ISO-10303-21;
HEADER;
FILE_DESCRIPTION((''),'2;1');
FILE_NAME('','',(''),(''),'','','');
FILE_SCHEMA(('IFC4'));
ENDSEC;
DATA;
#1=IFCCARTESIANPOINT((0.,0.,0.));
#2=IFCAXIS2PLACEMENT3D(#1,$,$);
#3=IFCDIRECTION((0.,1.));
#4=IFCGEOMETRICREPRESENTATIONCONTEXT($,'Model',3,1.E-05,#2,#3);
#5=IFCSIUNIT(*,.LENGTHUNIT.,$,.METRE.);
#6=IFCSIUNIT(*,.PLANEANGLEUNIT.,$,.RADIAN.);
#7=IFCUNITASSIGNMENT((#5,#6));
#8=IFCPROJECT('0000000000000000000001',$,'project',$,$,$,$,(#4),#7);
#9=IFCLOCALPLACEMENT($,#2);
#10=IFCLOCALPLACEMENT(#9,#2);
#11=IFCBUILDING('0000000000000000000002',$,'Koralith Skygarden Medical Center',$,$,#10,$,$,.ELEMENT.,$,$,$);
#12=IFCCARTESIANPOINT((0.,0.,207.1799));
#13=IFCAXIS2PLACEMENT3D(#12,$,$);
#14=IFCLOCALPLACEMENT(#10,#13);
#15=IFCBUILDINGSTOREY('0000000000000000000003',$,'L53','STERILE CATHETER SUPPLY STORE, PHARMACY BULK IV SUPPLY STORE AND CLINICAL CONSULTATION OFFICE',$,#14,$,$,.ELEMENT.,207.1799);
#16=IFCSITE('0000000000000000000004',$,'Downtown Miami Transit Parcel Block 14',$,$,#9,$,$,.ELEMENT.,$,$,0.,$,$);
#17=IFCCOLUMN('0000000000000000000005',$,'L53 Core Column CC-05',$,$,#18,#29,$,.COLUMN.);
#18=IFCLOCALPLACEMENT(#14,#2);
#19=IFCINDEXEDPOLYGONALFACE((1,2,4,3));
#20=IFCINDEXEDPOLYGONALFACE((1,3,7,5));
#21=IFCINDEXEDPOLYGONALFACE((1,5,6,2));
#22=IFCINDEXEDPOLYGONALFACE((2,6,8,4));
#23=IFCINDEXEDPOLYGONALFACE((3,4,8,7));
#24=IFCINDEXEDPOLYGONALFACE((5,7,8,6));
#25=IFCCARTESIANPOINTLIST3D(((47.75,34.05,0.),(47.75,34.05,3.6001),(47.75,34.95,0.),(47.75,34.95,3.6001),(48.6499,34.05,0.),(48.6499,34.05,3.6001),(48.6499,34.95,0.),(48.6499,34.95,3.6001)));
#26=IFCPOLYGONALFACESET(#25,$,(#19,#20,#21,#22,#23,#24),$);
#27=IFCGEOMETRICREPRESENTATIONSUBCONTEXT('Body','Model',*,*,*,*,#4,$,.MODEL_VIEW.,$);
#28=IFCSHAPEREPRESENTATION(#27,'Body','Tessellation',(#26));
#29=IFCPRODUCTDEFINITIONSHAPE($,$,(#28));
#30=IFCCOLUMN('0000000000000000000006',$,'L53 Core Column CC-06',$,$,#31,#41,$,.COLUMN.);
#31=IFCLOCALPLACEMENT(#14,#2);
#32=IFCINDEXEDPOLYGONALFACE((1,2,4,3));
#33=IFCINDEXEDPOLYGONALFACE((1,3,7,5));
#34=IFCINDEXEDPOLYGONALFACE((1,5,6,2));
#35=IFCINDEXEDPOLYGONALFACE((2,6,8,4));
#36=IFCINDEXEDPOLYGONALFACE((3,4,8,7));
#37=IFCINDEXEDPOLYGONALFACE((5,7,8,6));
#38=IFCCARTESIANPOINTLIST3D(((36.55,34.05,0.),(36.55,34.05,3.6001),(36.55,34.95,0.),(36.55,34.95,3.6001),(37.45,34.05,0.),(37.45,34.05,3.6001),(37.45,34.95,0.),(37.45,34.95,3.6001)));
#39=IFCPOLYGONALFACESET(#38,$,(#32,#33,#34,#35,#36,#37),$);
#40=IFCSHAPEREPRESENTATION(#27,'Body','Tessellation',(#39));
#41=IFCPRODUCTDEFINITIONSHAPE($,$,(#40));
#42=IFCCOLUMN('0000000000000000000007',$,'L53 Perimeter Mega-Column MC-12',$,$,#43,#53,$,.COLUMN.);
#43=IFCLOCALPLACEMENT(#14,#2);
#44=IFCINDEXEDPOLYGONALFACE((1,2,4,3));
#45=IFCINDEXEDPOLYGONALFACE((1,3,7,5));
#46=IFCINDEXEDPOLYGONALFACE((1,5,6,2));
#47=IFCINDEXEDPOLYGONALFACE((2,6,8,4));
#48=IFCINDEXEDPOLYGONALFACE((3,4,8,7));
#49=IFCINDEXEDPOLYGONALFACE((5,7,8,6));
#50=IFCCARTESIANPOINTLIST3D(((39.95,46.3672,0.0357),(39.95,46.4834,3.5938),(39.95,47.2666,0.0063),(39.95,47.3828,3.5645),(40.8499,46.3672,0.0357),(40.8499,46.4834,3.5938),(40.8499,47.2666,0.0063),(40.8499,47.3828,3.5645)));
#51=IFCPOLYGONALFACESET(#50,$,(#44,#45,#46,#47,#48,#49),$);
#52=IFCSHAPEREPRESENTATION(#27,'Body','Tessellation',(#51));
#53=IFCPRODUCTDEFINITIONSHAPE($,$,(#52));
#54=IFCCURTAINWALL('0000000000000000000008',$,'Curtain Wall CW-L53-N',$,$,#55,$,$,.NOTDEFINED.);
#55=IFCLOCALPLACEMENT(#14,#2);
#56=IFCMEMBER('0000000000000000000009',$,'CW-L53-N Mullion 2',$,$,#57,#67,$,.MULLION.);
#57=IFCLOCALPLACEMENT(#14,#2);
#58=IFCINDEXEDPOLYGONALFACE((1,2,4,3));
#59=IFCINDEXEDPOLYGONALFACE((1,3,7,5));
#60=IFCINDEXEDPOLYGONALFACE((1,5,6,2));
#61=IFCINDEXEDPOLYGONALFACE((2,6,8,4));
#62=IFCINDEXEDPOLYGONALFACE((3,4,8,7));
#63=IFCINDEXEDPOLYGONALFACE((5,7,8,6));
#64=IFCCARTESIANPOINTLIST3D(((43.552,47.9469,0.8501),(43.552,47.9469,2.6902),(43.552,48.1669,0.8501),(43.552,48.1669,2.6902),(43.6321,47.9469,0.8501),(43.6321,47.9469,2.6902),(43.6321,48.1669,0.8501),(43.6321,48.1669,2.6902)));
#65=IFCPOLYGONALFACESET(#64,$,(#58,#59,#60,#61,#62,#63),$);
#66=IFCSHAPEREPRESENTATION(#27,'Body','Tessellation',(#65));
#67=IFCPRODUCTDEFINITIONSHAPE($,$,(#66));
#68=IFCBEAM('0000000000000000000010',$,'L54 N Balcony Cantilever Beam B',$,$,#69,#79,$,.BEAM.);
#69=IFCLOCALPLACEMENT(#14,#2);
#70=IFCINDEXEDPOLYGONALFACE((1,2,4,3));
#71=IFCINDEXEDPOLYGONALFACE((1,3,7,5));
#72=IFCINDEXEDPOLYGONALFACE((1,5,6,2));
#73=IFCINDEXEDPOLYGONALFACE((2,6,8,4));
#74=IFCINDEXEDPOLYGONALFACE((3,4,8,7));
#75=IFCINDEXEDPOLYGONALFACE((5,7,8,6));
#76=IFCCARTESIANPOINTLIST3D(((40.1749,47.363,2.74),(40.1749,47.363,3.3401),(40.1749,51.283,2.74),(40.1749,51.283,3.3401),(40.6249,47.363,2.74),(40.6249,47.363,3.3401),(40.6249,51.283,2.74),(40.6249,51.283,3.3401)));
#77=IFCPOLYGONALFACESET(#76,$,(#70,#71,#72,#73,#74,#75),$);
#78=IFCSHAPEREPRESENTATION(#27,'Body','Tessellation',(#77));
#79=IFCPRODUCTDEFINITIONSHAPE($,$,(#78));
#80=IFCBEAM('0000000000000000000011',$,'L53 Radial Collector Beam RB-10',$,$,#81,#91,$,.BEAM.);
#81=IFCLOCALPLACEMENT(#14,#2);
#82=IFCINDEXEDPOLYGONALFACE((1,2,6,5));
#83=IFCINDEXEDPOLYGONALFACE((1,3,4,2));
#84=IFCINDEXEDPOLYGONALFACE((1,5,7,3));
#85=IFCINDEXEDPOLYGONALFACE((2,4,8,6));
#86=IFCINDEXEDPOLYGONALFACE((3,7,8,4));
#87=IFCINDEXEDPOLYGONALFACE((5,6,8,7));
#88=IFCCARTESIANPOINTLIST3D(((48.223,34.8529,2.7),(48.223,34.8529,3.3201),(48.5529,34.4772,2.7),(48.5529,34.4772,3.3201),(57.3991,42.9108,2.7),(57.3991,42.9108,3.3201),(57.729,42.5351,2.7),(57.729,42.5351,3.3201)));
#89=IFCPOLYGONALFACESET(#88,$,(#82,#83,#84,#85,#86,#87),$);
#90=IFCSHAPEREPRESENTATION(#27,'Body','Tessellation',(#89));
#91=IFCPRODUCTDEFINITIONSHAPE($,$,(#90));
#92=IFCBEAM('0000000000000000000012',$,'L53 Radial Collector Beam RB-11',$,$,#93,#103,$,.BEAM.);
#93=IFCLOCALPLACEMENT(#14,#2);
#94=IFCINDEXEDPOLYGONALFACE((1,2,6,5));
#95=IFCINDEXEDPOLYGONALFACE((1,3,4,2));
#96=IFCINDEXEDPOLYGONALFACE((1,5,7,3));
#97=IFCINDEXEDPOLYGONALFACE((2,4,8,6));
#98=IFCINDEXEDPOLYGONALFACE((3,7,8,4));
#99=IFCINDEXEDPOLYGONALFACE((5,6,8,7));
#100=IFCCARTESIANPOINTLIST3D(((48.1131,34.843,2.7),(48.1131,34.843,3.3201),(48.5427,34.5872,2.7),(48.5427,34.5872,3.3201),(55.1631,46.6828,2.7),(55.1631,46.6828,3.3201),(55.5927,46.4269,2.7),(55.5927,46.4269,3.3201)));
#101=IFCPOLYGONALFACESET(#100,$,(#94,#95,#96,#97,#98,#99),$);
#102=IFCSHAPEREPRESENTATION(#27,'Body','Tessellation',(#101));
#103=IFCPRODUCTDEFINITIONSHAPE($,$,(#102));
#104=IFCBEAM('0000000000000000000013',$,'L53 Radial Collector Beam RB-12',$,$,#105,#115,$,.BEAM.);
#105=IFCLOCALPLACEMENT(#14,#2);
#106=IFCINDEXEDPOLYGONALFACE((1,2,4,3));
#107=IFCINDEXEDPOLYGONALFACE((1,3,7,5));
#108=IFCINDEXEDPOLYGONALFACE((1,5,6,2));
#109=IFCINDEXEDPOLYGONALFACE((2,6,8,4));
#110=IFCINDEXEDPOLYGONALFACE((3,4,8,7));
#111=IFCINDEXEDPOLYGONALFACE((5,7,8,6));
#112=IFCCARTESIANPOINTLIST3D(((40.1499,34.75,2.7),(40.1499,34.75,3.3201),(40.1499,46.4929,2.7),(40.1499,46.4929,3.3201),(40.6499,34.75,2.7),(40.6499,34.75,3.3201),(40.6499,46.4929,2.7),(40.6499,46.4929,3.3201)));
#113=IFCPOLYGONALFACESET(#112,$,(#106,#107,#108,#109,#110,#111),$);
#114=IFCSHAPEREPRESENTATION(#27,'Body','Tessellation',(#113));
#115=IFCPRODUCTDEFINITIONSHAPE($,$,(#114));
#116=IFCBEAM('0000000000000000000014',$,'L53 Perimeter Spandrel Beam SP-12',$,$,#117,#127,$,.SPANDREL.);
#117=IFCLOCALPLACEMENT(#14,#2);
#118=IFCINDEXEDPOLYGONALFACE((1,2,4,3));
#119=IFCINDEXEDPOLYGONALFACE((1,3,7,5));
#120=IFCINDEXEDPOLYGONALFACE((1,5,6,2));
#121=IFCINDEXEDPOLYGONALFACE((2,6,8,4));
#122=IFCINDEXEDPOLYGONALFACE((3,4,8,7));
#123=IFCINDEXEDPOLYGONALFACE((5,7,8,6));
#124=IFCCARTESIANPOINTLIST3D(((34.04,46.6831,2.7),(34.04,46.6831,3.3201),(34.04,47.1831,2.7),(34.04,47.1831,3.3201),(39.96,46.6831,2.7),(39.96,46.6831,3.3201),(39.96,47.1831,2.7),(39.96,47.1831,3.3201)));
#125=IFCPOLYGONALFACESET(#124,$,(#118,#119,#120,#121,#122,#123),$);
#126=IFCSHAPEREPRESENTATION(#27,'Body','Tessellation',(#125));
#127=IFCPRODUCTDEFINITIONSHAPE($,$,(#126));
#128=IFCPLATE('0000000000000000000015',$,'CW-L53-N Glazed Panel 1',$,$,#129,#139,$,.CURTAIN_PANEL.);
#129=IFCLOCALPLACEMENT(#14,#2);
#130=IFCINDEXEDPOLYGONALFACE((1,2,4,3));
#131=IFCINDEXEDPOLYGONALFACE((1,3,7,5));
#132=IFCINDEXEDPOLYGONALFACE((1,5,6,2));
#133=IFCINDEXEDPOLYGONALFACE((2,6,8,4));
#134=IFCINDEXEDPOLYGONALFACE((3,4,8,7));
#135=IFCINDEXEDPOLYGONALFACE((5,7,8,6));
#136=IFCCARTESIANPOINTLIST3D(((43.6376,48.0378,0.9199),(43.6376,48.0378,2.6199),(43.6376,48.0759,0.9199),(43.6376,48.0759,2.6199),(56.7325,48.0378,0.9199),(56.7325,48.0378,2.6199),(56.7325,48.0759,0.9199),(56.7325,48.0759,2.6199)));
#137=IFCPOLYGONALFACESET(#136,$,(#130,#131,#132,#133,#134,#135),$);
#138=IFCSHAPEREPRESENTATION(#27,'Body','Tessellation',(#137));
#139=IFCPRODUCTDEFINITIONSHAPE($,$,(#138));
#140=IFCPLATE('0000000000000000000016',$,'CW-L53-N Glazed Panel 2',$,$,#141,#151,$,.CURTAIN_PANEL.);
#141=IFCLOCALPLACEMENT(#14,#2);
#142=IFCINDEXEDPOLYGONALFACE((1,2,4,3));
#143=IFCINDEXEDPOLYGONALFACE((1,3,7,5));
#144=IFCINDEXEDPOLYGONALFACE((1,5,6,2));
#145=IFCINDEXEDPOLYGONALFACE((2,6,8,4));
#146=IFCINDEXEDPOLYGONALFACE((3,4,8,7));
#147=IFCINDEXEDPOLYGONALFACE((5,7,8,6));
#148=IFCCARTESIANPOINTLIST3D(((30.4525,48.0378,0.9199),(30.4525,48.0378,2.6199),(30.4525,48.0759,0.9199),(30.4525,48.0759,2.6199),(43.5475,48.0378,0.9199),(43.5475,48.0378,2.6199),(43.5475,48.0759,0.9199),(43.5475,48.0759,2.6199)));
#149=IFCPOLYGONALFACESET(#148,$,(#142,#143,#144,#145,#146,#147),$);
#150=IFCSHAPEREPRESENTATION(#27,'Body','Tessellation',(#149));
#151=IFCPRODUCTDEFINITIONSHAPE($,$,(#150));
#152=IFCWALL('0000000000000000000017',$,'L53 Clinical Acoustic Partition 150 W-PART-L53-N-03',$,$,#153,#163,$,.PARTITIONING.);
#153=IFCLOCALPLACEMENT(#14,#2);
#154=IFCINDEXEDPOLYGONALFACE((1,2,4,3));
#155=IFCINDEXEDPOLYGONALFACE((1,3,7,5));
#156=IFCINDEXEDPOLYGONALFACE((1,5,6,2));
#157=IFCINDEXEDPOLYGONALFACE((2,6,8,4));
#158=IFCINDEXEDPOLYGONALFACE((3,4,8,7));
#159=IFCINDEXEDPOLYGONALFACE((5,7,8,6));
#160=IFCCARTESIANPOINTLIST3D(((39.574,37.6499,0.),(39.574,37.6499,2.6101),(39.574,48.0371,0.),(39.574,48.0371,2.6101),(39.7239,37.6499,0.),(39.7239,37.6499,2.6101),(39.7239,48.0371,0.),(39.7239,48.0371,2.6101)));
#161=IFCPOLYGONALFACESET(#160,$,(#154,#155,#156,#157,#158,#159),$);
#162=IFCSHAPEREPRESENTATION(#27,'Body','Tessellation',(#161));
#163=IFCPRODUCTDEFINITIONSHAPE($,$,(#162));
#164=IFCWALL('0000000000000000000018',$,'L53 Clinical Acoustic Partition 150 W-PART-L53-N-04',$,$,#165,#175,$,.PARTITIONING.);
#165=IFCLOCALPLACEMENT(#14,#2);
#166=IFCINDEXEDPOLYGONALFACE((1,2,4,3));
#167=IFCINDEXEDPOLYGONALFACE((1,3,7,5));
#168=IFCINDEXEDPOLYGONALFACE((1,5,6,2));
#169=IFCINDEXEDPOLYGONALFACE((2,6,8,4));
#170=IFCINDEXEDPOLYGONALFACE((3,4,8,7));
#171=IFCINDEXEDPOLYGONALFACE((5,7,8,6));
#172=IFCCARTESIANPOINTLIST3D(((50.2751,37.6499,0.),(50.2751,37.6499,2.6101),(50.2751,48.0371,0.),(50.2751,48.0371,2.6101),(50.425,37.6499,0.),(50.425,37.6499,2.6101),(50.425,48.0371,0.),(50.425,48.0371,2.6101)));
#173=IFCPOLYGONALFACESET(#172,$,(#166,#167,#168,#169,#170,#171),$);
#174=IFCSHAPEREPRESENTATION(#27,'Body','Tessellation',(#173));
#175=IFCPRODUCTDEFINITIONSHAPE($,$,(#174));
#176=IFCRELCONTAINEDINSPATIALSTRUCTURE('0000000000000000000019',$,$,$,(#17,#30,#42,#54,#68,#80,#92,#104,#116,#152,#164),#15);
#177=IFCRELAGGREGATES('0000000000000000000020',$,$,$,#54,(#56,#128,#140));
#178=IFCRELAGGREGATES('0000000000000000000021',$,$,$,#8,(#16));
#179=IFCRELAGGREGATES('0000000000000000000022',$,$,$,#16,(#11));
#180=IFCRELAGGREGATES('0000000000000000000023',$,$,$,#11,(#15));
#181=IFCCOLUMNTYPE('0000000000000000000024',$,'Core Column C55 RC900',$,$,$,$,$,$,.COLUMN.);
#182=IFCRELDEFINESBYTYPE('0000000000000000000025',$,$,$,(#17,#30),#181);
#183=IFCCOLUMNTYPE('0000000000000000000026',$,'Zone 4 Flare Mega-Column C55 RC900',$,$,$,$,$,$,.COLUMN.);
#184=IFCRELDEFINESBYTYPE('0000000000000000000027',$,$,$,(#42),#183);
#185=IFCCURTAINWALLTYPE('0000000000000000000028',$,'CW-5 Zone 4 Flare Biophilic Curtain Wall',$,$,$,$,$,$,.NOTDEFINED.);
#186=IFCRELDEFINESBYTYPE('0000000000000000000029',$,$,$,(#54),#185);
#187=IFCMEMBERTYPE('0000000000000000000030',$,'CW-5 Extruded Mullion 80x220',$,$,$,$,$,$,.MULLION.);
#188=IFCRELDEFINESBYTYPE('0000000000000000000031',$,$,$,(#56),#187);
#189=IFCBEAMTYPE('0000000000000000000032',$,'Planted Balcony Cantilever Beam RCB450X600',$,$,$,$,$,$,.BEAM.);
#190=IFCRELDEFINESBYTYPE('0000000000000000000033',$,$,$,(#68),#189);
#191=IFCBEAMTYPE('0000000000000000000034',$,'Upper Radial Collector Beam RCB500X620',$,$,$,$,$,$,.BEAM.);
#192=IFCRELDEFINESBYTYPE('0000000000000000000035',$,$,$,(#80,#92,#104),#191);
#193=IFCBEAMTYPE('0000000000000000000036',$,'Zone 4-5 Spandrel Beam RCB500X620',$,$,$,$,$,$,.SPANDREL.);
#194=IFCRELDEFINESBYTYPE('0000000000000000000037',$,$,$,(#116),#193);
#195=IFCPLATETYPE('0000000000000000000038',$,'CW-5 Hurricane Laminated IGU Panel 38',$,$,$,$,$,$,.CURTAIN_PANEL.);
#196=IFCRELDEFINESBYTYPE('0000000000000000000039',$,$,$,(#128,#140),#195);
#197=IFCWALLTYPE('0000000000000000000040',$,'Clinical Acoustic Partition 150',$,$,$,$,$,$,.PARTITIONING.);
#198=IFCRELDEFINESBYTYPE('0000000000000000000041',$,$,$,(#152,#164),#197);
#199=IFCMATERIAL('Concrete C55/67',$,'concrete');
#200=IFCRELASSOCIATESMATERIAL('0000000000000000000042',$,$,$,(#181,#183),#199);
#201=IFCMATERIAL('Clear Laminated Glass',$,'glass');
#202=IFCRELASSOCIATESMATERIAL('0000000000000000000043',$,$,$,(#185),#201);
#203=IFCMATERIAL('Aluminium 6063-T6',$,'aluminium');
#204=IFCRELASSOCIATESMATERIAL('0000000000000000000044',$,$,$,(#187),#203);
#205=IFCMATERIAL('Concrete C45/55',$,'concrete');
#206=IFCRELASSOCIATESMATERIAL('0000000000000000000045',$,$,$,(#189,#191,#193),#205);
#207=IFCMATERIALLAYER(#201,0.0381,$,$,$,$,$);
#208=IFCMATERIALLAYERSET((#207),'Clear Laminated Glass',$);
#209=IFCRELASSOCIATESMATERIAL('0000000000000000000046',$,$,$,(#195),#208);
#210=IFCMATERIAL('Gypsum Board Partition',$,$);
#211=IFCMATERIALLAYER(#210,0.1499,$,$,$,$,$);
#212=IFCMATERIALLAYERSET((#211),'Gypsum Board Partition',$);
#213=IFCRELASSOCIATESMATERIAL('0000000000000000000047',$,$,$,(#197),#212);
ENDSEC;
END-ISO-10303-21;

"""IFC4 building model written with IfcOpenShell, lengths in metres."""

from ifc_helpers import new_model, si_unit, direction, frame, frame_2d, origin, origin_2d, place, context, subcontext, project, spatial, rectangle, extrude, material, layer, layer_set, material_profile, profile_set, type_object, element, aggregate, save


model = new_model("IFC4")

# Units and contexts
model_context = context("Model", 3, precision=1e-05, world=origin(), true_north=direction((0.0, 1.0)))
body_context = subcontext(model_context, "Body", "Model", "MODEL_VIEW")
ifc_project = project(units=[si_unit("LENGTHUNIT", "METRE"), si_unit("PLANEANGLEUNIT", "RADIAN")], contexts=[model_context])

# Site, building, storey
site_placement = place(None, origin())
site = spatial("IfcSite", under=ifc_project, at=site_placement, Name="Downtown Miami Transit Parcel Block 14", CompositionType="ELEMENT", RefElevation=0.0)
building_placement = place(site_placement, origin())
building = spatial("IfcBuilding", under=site, at=building_placement, Name="Koralith Skygarden Medical Center", CompositionType="ELEMENT")
storey_placement = place(building_placement, frame((0.0, 0.0, 207.1799)))
storey = spatial("IfcBuildingStorey", under=building, at=storey_placement, Name="L53", Description="STERILE CATHETER SUPPLY STORE, PHARMACY BULK IV SUPPLY STORE AND CLINICAL CONSULTATION OFFICE", CompositionType="ELEMENT", Elevation=207.1799)

# Columns
ifc_material_1 = material(Name="Concrete C55/67", Category="concrete")
ifc_material_profile_1 = material_profile(ifc_material_1, rectangle(XDim=0.8999, YDim=0.8999, at=origin_2d()), Name="RC900X900")
ifc_profile_set_1 = profile_set([ifc_material_profile_1], Name="Concrete C55/67")
column_type_1 = type_object("IfcColumnType", Name="Core Column C55 RC900", PredefinedType="COLUMN", material=ifc_profile_set_1)
for number, where, z_axis, x_axis, name in (
    (1, (48.2, 34.5, 0.0), (0.0, 0.0, 1.0), (1.0, 0.0, 0.0), "L53 Core Column CC-05"),
    (2, (37.0, 34.5, 0.0), (0.0, 0.0, 1.0), (1.0, 0.0, 0.0), "L53 Core Column CC-06"),
):
    element("IfcColumn", number, at=place(storey_placement, frame(where, z_axis=z_axis, x_axis=x_axis)), inside=storey, type_object=column_type_1, Name=name, PredefinedType="COLUMN", context=body_context, shape_type="SweptSolid", body=[
        extrude(rectangle(XDim=0.8999, YDim=0.8999, at=origin_2d()), origin(), (0.0, 0.0, 1.0), 3.6001),
    ])
ifc_material_profile_2 = material_profile(ifc_material_1, rectangle(XDim=0.8999, YDim=0.8999, at=origin_2d()), Name="RC900X900")
ifc_profile_set_2 = profile_set([ifc_material_profile_2], Name="Concrete C55/67")
column_type_2 = type_object("IfcColumnType", Name="Zone 4 Flare Mega-Column C55 RC900", PredefinedType="COLUMN", material=ifc_profile_set_2)
column_placement = place(storey_placement, frame((40.3999, 46.8169, 0.021), z_axis=(0.0, 0.032643, 0.999467), x_axis=(-1.0, 0.0, 0.0)))
element("IfcColumn", 3, at=column_placement, inside=storey, type_object=column_type_2, Name="L53 Perimeter Mega-Column MC-12", PredefinedType="COLUMN", context=body_context, shape_type="SweptSolid", body=[
    extrude(rectangle(XDim=0.8999, YDim=0.8999, at=origin_2d()), origin(), (0.0, 0.0, 1.0), 3.5601),
])

# Curtain wall, member
ifc_material_2 = material(Name="Clear Laminated Glass", Category="glass")
curtain_wall_type = type_object("IfcCurtainWallType", Name="CW-5 Zone 4 Flare Biophilic Curtain Wall", PredefinedType="NOTDEFINED", material=ifc_material_2)
curtain_wall_placement = place(storey_placement, origin())
curtain_wall = element("IfcCurtainWall", 4, at=curtain_wall_placement, inside=storey, type_object=curtain_wall_type, Name="Curtain Wall CW-L53-N", PredefinedType="NOTDEFINED")
ifc_material_3 = material(Name="Aluminium 6063-T6", Category="aluminium")
ifc_material_profile_3 = material_profile(ifc_material_3, rectangle(XDim=0.0801, YDim=0.22, at=origin_2d()), Name="MUL80X220")
ifc_profile_set_3 = profile_set([ifc_material_profile_3], Name="Aluminium 6063-T6")
member_type = type_object("IfcMemberType", Name="CW-5 Extruded Mullion 80x220", PredefinedType="MULLION", material=ifc_profile_set_3)
member_placement = place(storey_placement, frame((43.592, 48.0569, 0.8501), z_axis=(0.0, 0.0, 1.0), x_axis=(1.0, 0.0, 0.0)))
member = element("IfcMember", 5, at=member_placement, type_object=member_type, Name="CW-L53-N Mullion 2", PredefinedType="MULLION", context=body_context, shape_type="SweptSolid", body=[
    extrude(rectangle(XDim=0.0801, YDim=0.22, at=origin_2d()), origin(), (0.0, 0.0, 1.0), 1.8401),
])

# Beams
ifc_material_4 = material(Name="Concrete C45/55", Category="concrete")
ifc_material_profile_4 = material_profile(ifc_material_4, rectangle(XDim=0.45, YDim=0.6001, at=origin_2d()), Name="RCB450X600")
ifc_profile_set_4 = profile_set([ifc_material_profile_4], Name="Concrete C45/55")
beam_type_1 = type_object("IfcBeamType", Name="Planted Balcony Cantilever Beam RCB450X600", PredefinedType="BEAM", material=ifc_profile_set_4)
beam_1_placement = place(storey_placement, frame((40.3999, 47.363, 3.04), z_axis=(0.0, 1.0, 0.0), x_axis=(-1.0, 0.0, 0.0)))
element("IfcBeam", 6, at=beam_1_placement, inside=storey, type_object=beam_type_1, Name="L54 N Balcony Cantilever Beam B", PredefinedType="BEAM", context=body_context, shape_type="SweptSolid", body=[
    extrude(rectangle(XDim=0.45, YDim=0.6001, at=origin_2d()), origin(), (0.0, 0.0, 1.0), 3.9199),
])
ifc_material_profile_5 = material_profile(ifc_material_4, rectangle(XDim=0.5, YDim=0.6201, at=origin_2d()), Name="RCB500X620")
ifc_profile_set_5 = profile_set([ifc_material_profile_5], Name="Concrete C45/55")
beam_type_2 = type_object("IfcBeamType", Name="Upper Radial Collector Beam RCB500X620", PredefinedType="BEAM", material=ifc_profile_set_5)
beam_2_placement = place(storey_placement, frame((48.3879, 34.665, 3.01), z_axis=(0.751405, 0.659841, 0.0), x_axis=(-0.659841, 0.751405, 0.0)))
element("IfcBeam", 7, at=beam_2_placement, inside=storey, type_object=beam_type_2, Name="L53 Radial Collector Beam RB-10", PredefinedType="BEAM", context=body_context, shape_type="SweptSolid", body=[
    extrude(rectangle(XDim=0.5, YDim=0.6201, at=origin_2d()), origin(), (0.0, 0.0, 1.0), 12.2119),
])
beam_3_placement = place(storey_placement, frame((48.3279, 34.7151, 3.01), z_axis=(0.511619, 0.859212, 0.0), x_axis=(-0.859212, 0.511619, 0.0)))
element("IfcBeam", 8, at=beam_3_placement, inside=storey, type_object=beam_type_2, Name="L53 Radial Collector Beam RB-11", PredefinedType="BEAM", context=body_context, shape_type="SweptSolid", body=[
    extrude(rectangle(XDim=0.5, YDim=0.6201, at=origin_2d()), origin(), (0.0, 0.0, 1.0), 13.7798),
])
beam_4_placement = place(storey_placement, frame((40.3999, 34.75, 3.01), z_axis=(0.0, 1.0, 0.0), x_axis=(-1.0, 0.0, 0.0)))
element("IfcBeam", 9, at=beam_4_placement, inside=storey, type_object=beam_type_2, Name="L53 Radial Collector Beam RB-12", PredefinedType="BEAM", context=body_context, shape_type="SweptSolid", body=[
    extrude(rectangle(XDim=0.5, YDim=0.6201, at=origin_2d()), origin(), (0.0, 0.0, 1.0), 11.7429),
])
ifc_material_profile_6 = material_profile(ifc_material_4, rectangle(XDim=0.5, YDim=0.6201, at=origin_2d()), Name="RCB500X620")
ifc_profile_set_6 = profile_set([ifc_material_profile_6], Name="Concrete C45/55")
beam_type_3 = type_object("IfcBeamType", Name="Zone 4-5 Spandrel Beam RCB500X620", PredefinedType="SPANDREL", material=ifc_profile_set_6)
beam_5_placement = place(storey_placement, frame((39.96, 46.9331, 3.01), z_axis=(-1.0, 0.0, 0.0), x_axis=(0.0, -1.0, 0.0)))
element("IfcBeam", 10, at=beam_5_placement, inside=storey, type_object=beam_type_3, Name="L53 Perimeter Spandrel Beam SP-12", PredefinedType="SPANDREL", context=body_context, shape_type="SweptSolid", body=[
    extrude(rectangle(XDim=0.5, YDim=0.6201, at=origin_2d()), origin(), (0.0, 0.0, 1.0), 5.9199),
])

# Plates
ifc_layer_1 = layer(ifc_material_2, 0.0381)
ifc_layer_set_1 = layer_set([ifc_layer_1], Name="Clear Laminated Glass")
plate_type = type_object("IfcPlateType", Name="CW-5 Hurricane Laminated IGU Panel 38", PredefinedType="CURTAIN_PANEL", material=ifc_layer_set_1)
plate_1_placement = place(storey_placement, frame((50.1851, 48.0569, 0.9199), z_axis=(0.0, 0.0, 1.0), x_axis=(-1.0, 0.0, 0.0)))
plate_1 = element("IfcPlate", 11, at=plate_1_placement, type_object=plate_type, Name="CW-L53-N Glazed Panel 1", PredefinedType="CURTAIN_PANEL", context=body_context, shape_type="SweptSolid", body=[
    extrude(rectangle(XDim=13.095, YDim=0.0381, at=origin_2d()), origin(), (0.0, 0.0, 1.0), 1.7),
])
plate_2_placement = place(storey_placement, frame((37.0, 48.0569, 0.9199), z_axis=(0.0, 0.0, 1.0), x_axis=(-1.0, 0.0, 0.0)))
plate_2 = element("IfcPlate", 12, at=plate_2_placement, type_object=plate_type, Name="CW-L53-N Glazed Panel 2", PredefinedType="CURTAIN_PANEL", context=body_context, shape_type="SweptSolid", body=[
    extrude(rectangle(XDim=13.095, YDim=0.0381, at=origin_2d()), origin(), (0.0, 0.0, 1.0), 1.7),
])
aggregate(curtain_wall, [member, plate_1, plate_2])

# Walls
ifc_material_5 = material(Name="Gypsum Board Partition")
ifc_layer_2 = layer(ifc_material_5, 0.1499)
ifc_layer_set_2 = layer_set([ifc_layer_2], Name="Gypsum Board Partition")
wall_type_1 = type_object("IfcWallType", Name="Clinical Acoustic Partition 150", PredefinedType="PARTITIONING", material=ifc_layer_set_2)
for number, where, z_axis, x_axis, name in (
    (13, (39.6489, 37.6499, 0.0), (0.0, 0.0, 1.0), (0.0, 1.0, 0.0), "L53 Clinical Acoustic Partition 150 W-PART-L53-N-03"),
    (14, (50.3501, 37.6499, 0.0), (0.0, 0.0, 1.0), (0.0, 1.0, 0.0), "L53 Clinical Acoustic Partition 150 W-PART-L53-N-04"),
):
    element("IfcWall", number, at=place(storey_placement, frame(where, z_axis=z_axis, x_axis=x_axis)), inside=storey, type_object=wall_type_1, Name=name, PredefinedType="PARTITIONING", context=body_context, shape_type="SweptSolid", body=[
        extrude(rectangle(XDim=10.3872, YDim=0.1499, at=frame_2d((5.1936, 0.0))), origin(), (0.0, 0.0, 1.0), 2.6101),
    ])

save(model, "model.ifc")
